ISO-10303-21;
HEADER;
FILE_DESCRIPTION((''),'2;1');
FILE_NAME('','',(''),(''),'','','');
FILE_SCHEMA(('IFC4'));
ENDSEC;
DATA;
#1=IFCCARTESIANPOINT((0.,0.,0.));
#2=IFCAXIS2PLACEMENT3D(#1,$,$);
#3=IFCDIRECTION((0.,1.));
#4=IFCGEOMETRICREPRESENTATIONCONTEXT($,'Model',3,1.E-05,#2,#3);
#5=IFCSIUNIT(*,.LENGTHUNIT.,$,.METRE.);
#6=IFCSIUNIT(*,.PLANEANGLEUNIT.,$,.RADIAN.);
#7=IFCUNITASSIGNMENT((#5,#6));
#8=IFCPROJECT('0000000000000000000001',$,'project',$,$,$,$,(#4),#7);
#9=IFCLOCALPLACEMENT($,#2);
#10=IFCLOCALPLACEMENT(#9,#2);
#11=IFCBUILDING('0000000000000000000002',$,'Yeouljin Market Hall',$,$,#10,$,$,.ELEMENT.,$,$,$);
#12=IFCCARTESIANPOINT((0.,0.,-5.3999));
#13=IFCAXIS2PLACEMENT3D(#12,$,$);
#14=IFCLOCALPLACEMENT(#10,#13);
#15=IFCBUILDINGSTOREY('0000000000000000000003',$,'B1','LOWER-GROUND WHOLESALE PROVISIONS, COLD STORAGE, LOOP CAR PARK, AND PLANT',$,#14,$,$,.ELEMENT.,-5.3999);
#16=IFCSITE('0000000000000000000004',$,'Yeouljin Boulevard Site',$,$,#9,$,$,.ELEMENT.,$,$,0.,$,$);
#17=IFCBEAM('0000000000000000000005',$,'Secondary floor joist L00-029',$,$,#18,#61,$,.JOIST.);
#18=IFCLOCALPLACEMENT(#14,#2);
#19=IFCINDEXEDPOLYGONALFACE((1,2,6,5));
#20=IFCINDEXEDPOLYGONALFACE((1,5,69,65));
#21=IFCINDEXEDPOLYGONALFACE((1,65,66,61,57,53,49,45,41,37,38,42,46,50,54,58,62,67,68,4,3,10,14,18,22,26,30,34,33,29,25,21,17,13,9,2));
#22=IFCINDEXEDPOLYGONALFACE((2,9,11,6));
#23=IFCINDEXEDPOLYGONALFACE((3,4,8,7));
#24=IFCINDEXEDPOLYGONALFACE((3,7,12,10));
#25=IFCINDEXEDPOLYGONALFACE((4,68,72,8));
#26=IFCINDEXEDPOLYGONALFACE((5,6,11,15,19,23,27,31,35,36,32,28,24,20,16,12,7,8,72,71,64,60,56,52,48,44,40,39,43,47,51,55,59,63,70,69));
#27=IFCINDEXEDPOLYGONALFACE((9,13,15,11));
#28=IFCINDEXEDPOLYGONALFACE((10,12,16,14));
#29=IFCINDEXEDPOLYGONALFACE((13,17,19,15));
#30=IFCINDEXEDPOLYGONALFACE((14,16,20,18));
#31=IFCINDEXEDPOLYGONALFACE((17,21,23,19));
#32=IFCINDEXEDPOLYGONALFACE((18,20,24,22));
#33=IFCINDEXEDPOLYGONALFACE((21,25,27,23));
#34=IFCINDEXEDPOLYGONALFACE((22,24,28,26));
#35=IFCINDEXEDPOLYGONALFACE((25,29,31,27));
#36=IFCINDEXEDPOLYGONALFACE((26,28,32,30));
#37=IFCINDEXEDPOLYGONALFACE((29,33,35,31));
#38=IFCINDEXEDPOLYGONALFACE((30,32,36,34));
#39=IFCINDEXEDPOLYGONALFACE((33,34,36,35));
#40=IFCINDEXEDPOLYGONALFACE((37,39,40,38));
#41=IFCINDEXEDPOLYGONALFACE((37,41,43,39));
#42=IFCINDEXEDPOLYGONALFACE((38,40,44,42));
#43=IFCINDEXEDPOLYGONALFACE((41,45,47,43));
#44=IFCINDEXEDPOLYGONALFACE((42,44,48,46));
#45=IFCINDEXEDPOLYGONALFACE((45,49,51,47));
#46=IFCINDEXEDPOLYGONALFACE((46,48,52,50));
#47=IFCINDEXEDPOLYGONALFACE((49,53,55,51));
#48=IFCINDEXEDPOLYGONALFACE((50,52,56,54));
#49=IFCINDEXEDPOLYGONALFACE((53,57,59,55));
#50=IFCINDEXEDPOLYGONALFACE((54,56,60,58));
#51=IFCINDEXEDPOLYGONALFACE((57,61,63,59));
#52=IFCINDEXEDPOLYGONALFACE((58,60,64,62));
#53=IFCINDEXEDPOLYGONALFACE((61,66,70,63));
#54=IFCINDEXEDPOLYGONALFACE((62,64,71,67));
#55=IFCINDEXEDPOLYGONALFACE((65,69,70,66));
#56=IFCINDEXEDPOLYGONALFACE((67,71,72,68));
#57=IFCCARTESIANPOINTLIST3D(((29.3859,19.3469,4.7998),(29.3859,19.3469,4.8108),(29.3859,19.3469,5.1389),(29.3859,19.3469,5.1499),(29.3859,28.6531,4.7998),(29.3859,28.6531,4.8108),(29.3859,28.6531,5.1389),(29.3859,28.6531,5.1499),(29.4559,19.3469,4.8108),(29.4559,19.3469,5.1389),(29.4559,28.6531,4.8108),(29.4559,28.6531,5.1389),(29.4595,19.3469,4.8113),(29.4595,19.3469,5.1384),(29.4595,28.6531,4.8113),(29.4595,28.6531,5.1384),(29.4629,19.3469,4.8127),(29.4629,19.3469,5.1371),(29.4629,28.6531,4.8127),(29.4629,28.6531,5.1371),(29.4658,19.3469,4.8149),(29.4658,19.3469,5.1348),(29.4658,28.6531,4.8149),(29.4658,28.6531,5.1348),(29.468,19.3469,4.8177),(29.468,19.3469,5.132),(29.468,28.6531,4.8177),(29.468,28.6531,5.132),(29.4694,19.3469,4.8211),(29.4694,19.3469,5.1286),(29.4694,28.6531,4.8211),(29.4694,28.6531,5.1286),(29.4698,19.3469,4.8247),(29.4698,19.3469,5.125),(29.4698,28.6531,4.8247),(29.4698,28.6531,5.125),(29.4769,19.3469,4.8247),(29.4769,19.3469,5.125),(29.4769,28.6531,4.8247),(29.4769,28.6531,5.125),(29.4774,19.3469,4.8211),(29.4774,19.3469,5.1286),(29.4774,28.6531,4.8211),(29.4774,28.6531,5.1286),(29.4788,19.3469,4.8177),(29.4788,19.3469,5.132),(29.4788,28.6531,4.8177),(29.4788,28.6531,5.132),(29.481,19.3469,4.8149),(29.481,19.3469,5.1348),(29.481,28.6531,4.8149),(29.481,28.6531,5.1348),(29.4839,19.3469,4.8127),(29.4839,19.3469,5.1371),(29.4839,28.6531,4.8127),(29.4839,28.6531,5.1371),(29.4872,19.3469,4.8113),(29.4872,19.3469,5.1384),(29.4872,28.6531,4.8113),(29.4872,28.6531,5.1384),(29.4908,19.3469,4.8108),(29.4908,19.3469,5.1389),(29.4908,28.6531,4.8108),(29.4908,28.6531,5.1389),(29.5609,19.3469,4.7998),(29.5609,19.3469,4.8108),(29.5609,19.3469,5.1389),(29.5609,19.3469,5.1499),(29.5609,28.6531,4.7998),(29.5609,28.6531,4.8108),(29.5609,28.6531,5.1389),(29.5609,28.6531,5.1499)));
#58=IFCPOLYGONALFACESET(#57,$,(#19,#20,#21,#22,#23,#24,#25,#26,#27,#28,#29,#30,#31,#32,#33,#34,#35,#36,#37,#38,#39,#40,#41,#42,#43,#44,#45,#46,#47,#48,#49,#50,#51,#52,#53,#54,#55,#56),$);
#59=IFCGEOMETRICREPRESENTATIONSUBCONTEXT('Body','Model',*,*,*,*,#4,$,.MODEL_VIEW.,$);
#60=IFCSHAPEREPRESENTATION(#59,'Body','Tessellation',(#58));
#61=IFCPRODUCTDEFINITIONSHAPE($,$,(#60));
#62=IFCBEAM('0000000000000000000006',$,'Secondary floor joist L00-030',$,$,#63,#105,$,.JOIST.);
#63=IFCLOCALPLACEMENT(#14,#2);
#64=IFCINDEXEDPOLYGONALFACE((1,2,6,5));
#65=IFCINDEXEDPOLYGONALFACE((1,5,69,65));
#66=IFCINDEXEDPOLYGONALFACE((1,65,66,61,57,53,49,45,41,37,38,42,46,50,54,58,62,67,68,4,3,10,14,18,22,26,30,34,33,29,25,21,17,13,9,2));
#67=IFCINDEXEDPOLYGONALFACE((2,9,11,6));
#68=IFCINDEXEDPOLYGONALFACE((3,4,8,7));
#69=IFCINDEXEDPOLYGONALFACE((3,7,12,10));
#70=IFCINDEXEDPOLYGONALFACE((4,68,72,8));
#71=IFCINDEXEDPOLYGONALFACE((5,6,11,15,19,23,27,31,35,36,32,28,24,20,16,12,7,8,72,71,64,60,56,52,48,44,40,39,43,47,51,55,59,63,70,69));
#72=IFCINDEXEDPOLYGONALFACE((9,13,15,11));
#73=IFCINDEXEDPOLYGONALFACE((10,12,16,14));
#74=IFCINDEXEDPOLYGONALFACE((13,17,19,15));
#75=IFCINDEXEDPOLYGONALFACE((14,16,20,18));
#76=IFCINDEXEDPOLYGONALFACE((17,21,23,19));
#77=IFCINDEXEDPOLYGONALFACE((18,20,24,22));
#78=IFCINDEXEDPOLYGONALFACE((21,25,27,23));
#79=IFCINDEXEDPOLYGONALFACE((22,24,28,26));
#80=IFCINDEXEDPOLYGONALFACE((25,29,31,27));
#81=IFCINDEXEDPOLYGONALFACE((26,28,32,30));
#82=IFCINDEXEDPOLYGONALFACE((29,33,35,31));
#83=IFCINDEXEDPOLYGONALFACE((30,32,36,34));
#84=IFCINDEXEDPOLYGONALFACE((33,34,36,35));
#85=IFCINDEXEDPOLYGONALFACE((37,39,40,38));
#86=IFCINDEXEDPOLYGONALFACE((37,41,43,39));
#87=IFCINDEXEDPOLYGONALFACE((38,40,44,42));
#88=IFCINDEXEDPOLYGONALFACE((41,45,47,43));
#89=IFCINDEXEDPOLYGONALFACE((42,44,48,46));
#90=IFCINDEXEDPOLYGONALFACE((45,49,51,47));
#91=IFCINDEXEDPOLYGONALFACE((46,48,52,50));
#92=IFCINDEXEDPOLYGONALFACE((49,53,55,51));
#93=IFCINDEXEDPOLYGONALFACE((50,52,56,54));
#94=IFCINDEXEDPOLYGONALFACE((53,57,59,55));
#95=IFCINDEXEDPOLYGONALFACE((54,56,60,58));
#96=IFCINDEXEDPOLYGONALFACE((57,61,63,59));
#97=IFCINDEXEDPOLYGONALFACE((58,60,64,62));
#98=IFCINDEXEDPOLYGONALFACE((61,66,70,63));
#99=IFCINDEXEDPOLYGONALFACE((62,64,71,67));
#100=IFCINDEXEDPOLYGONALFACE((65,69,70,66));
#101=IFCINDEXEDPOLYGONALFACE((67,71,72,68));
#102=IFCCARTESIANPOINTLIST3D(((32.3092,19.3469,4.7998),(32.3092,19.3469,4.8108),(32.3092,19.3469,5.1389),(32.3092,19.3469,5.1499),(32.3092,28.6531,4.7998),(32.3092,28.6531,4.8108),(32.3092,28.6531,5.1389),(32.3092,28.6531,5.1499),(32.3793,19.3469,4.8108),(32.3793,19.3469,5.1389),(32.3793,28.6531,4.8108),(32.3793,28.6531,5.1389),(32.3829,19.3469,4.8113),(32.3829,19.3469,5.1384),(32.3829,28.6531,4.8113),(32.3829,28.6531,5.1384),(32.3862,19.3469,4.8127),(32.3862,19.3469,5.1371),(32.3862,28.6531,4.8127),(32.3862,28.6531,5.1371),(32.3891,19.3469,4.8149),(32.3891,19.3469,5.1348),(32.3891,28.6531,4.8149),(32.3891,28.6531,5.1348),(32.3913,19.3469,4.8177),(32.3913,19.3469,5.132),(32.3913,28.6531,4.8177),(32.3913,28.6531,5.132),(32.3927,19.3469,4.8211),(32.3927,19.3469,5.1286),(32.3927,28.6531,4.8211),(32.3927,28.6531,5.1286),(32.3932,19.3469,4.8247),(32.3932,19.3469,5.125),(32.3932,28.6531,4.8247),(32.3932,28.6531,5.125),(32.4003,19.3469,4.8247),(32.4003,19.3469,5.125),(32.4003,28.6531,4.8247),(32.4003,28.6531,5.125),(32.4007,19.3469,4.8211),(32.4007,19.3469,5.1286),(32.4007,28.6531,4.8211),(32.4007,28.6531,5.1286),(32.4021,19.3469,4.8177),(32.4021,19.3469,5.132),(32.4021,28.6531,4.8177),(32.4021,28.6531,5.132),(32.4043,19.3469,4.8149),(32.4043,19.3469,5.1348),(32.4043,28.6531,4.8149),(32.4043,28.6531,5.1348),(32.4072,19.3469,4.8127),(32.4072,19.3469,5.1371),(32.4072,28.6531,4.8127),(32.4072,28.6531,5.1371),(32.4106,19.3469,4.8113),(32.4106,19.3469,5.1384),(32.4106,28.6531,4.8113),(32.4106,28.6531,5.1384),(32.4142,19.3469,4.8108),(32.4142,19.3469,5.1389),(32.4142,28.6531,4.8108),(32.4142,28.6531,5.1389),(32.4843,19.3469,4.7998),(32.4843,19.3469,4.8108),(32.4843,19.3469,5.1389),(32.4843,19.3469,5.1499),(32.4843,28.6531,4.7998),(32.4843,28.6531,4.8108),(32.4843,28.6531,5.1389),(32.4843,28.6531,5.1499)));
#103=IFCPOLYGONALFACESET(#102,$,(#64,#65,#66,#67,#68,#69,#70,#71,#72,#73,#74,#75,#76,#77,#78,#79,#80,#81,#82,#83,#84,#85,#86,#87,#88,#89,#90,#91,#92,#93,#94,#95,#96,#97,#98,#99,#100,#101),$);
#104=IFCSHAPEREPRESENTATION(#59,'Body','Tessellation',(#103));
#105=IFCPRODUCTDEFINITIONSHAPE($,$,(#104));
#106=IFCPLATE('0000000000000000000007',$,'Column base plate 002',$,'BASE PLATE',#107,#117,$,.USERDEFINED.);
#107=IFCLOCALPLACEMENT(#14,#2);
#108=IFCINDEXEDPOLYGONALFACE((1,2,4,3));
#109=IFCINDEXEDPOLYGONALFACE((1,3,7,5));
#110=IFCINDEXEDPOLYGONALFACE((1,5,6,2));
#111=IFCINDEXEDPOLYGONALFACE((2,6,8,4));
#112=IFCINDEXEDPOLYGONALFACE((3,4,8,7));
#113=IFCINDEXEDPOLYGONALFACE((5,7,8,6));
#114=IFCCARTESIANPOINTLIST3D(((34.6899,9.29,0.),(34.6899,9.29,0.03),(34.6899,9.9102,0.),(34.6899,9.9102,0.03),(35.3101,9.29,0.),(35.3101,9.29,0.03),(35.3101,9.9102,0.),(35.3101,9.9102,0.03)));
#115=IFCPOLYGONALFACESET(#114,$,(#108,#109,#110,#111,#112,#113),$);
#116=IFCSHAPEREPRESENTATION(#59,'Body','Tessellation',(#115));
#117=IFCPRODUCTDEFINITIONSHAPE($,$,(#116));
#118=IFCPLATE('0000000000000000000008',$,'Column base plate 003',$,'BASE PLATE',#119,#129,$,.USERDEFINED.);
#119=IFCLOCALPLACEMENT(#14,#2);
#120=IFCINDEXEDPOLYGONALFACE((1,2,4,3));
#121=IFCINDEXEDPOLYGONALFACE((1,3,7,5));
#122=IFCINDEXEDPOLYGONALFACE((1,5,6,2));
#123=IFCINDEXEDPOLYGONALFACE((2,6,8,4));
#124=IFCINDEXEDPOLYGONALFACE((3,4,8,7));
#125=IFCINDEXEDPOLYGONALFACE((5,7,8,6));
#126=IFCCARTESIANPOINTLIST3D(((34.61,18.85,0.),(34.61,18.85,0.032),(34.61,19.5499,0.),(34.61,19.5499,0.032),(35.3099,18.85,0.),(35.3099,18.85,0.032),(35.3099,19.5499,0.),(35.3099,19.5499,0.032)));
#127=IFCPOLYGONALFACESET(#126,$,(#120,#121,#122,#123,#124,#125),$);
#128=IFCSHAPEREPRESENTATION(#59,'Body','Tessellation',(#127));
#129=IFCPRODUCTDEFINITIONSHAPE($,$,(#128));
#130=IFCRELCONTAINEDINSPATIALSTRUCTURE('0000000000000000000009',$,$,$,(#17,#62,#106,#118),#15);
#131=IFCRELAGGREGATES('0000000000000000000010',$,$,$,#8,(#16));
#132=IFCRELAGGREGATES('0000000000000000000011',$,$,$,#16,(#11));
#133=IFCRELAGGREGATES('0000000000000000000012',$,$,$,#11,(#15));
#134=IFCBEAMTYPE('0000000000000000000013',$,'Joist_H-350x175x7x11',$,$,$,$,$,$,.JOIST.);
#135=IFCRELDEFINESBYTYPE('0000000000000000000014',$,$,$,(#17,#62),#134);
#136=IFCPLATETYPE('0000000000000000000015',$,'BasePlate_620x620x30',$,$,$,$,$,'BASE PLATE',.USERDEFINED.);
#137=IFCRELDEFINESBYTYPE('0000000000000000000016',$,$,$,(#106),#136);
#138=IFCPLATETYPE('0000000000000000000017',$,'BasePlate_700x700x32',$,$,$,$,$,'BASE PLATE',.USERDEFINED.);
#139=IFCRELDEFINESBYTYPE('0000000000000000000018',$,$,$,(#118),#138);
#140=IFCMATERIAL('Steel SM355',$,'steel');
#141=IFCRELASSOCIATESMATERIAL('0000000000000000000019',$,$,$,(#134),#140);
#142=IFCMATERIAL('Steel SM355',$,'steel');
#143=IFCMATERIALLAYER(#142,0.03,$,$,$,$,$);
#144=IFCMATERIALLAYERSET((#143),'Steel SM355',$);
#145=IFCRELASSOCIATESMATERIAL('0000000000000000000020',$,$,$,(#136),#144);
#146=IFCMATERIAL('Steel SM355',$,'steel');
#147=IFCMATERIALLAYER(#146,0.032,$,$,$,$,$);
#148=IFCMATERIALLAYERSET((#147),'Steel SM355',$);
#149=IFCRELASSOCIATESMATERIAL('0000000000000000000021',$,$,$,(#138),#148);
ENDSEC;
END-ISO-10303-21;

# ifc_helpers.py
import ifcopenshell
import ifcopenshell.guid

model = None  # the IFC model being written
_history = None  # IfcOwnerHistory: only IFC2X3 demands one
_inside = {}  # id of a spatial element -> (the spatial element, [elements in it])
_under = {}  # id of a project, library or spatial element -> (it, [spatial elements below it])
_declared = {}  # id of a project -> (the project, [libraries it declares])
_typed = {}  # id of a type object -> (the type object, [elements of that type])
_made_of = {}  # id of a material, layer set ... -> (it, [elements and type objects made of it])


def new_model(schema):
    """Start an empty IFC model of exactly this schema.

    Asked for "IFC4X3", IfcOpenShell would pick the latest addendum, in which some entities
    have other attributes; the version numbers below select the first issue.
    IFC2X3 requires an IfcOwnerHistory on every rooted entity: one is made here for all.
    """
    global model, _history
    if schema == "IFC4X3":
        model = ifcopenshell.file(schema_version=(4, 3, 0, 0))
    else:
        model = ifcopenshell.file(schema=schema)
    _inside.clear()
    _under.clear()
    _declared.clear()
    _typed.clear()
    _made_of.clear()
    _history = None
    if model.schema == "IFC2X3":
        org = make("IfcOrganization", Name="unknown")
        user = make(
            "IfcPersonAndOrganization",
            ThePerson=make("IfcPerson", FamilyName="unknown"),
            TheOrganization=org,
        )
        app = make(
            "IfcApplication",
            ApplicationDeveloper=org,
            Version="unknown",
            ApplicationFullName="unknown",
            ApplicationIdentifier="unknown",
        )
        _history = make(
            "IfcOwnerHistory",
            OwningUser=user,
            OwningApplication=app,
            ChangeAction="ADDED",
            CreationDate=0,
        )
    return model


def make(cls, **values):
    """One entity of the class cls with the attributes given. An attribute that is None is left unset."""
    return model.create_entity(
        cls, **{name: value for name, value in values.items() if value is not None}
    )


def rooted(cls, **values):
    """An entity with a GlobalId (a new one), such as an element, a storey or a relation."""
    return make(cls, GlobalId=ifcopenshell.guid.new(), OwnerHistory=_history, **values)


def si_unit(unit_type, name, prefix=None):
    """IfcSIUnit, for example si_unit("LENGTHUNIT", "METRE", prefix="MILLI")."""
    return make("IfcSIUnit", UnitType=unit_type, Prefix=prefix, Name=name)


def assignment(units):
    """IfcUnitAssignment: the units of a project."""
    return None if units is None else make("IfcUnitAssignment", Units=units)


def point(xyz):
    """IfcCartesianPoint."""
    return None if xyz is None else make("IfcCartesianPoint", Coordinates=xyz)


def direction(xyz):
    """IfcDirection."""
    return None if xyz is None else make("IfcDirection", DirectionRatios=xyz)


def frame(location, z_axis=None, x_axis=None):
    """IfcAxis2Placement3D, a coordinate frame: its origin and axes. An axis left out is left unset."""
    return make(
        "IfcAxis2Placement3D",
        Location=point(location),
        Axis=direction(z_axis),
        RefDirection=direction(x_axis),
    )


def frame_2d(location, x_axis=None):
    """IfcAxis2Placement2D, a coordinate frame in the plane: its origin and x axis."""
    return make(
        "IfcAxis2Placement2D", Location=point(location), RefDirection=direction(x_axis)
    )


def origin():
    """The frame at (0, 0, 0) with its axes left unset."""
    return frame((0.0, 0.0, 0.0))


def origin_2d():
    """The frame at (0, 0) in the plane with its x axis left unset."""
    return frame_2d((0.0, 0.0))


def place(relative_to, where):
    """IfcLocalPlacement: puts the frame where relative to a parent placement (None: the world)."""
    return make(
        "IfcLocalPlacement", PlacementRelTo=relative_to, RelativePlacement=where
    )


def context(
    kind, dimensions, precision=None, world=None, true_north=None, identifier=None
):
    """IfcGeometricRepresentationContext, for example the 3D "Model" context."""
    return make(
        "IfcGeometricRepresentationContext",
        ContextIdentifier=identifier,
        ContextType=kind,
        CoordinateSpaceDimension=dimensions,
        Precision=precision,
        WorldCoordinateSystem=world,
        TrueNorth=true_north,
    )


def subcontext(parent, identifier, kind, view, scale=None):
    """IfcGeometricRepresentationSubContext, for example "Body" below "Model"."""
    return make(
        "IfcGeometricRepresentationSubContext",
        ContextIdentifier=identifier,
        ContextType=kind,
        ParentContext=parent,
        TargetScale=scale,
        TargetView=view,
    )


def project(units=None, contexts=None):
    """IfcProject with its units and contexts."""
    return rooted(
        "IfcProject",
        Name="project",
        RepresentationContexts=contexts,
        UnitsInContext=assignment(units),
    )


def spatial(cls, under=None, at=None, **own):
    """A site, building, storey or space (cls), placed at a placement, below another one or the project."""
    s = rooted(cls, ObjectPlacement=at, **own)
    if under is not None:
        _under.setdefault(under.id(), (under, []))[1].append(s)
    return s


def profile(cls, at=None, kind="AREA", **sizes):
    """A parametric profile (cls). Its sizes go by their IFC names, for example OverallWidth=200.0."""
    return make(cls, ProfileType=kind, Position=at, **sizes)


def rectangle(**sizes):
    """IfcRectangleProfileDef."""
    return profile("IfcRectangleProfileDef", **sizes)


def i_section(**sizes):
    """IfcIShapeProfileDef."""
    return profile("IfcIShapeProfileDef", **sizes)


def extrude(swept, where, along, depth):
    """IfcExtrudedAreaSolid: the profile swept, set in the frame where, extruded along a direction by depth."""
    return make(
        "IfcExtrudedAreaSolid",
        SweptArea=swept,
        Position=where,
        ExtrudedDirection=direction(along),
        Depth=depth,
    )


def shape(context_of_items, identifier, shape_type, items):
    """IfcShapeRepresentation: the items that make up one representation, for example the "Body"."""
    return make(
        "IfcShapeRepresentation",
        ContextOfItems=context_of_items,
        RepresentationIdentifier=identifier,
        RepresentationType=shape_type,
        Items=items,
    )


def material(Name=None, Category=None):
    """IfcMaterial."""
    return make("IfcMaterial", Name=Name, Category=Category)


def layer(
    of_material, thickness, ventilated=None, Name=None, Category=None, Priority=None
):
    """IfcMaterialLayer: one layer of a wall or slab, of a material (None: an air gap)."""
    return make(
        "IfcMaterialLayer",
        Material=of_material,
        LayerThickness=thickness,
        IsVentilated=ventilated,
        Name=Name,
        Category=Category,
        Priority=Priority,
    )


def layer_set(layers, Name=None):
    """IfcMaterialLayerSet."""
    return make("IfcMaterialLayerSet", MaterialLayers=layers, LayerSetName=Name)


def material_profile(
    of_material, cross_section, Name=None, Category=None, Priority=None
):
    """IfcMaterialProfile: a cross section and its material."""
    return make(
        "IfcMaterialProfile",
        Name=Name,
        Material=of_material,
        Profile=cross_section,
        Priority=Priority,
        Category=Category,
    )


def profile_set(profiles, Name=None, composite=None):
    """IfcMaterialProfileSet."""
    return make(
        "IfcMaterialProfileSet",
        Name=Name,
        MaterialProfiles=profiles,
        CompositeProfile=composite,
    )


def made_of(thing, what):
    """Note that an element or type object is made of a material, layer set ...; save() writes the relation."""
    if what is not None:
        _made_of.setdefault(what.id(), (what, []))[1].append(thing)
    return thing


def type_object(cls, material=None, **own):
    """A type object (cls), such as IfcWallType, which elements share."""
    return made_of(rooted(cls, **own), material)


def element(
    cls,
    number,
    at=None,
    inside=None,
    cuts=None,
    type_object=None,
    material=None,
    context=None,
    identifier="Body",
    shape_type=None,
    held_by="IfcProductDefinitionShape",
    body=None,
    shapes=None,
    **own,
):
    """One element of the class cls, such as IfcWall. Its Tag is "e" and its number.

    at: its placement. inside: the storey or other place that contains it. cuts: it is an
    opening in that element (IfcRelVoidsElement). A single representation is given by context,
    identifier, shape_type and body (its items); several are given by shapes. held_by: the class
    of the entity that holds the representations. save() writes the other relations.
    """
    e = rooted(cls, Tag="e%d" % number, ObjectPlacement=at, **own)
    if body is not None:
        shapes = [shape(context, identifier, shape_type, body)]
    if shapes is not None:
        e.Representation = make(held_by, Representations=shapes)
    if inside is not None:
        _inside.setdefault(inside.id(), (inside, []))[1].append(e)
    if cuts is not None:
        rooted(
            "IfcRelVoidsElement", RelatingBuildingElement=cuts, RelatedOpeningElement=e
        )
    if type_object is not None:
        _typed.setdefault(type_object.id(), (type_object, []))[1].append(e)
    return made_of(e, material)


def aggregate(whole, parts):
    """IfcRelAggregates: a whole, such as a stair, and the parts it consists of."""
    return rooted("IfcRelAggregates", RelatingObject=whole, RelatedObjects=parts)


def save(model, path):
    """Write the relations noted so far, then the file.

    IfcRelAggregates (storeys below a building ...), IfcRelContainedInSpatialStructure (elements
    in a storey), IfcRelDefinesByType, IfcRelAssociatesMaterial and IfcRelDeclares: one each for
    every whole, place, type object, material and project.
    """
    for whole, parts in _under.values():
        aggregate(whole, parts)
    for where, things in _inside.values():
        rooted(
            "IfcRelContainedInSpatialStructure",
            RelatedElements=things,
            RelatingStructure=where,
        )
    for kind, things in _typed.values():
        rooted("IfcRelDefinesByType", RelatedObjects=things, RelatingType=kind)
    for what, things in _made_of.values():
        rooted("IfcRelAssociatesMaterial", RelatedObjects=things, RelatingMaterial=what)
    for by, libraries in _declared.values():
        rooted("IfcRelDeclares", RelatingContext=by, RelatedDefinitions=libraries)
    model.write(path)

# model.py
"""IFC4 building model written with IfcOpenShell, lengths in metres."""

from ifc_helpers import new_model, si_unit, direction, frame, origin, origin_2d, place, context, subcontext, project, spatial, rectangle, i_section, extrude, material, layer, layer_set, material_profile, profile_set, type_object, element, save


model = new_model("IFC4")

# Units and contexts
model_context = context("Model", 3, precision=1e-05, world=origin(), true_north=direction((0.0, 1.0)))
body_context = subcontext(model_context, "Body", "Model", "MODEL_VIEW")
ifc_project = project(units=[si_unit("LENGTHUNIT", "METRE"), si_unit("PLANEANGLEUNIT", "RADIAN")], contexts=[model_context])

# Site, building, storey
site_placement = place(None, origin())
site = spatial("IfcSite", under=ifc_project, at=site_placement, Name="Yeouljin Boulevard Site", CompositionType="ELEMENT", RefElevation=0.0)
building_placement = place(site_placement, origin())
building = spatial("IfcBuilding", under=site, at=building_placement, Name="Yeouljin Market Hall", CompositionType="ELEMENT")
storey_placement = place(building_placement, frame((0.0, 0.0, -5.3999)))
storey = spatial("IfcBuildingStorey", under=building, at=storey_placement, Name="B1", Description="LOWER-GROUND WHOLESALE PROVISIONS, COLD STORAGE, LOOP CAR PARK, AND PLANT", CompositionType="ELEMENT", Elevation=-5.3999)

# Beams
ifc_material_1 = material(Name="Steel SM355", Category="steel")
ifc_material_profile_1 = material_profile(ifc_material_1, i_section(OverallWidth=0.175, OverallDepth=0.3501, WebThickness=0.0071, FlangeThickness=0.011, FilletRadius=0.0139, at=origin_2d()), Name="H-350x175x7x11")
ifc_profile_set_1 = profile_set([ifc_material_profile_1], Name="Steel SM355")
beam_type_1 = type_object("IfcBeamType", Name="Joist_H-350x175x7x11", PredefinedType="JOIST", material=ifc_profile_set_1)
for number, where, z_axis, x_axis, name in (
    (1, (29.4734, 19.3469, 4.9749), (0.0, 1.0, 0.0), (-1.0, 0.0, 0.0), "Secondary floor joist L00-029"),
    (2, (32.3967, 19.3469, 4.9749), (0.0, 1.0, 0.0), (-1.0, 0.0, 0.0), "Secondary floor joist L00-030"),
):
    element("IfcBeam", number, at=place(storey_placement, frame(where, z_axis=z_axis, x_axis=x_axis)), inside=storey, type_object=beam_type_1, Name=name, PredefinedType="JOIST", context=body_context, shape_type="SweptSolid", body=[
        extrude(i_section(OverallWidth=0.175, OverallDepth=0.3501, WebThickness=0.0071, FlangeThickness=0.011, FilletRadius=0.0139, at=origin_2d()), origin(), (0.0, 0.0, 1.0), 9.3062),
    ])

# Plates
ifc_material_2 = material(Name="Steel SM355", Category="steel")
ifc_layer_1 = layer(ifc_material_2, 0.03)
ifc_layer_set_1 = layer_set([ifc_layer_1], Name="Steel SM355")
plate_type_1 = type_object("IfcPlateType", Name="BasePlate_620x620x30", ElementType="BASE PLATE", PredefinedType="USERDEFINED", material=ifc_layer_set_1)
plate_1_placement = place(storey_placement, frame((35.0, 9.6001, 0.0), z_axis=(0.0, 0.0, 1.0), x_axis=(1.0, 0.0, 0.0)))
element("IfcPlate", 3, at=plate_1_placement, inside=storey, type_object=plate_type_1, Name="Column base plate 002", ObjectType="BASE PLATE", PredefinedType="USERDEFINED", context=body_context, shape_type="SweptSolid", body=[
    extrude(rectangle(XDim=0.6201, YDim=0.6201, at=origin_2d()), origin(), (0.0, 0.0, 1.0), 0.03),
])
ifc_material_3 = material(Name="Steel SM355", Category="steel")
ifc_layer_2 = layer(ifc_material_3, 0.032)
ifc_layer_set_2 = layer_set([ifc_layer_2], Name="Steel SM355")
plate_type_2 = type_object("IfcPlateType", Name="BasePlate_700x700x32", ElementType="BASE PLATE", PredefinedType="USERDEFINED", material=ifc_layer_set_2)
plate_2_placement = place(storey_placement, frame((34.96, 19.2, 0.0), z_axis=(0.0, 0.0, 1.0), x_axis=(1.0, 0.0, 0.0)))
element("IfcPlate", 4, at=plate_2_placement, inside=storey, type_object=plate_type_2, Name="Column base plate 003", ObjectType="BASE PLATE", PredefinedType="USERDEFINED", context=body_context, shape_type="SweptSolid", body=[
    extrude(rectangle(XDim=0.7, YDim=0.7, at=origin_2d()), origin(), (0.0, 0.0, 1.0), 0.032),
])

save(model, "model.ifc")
